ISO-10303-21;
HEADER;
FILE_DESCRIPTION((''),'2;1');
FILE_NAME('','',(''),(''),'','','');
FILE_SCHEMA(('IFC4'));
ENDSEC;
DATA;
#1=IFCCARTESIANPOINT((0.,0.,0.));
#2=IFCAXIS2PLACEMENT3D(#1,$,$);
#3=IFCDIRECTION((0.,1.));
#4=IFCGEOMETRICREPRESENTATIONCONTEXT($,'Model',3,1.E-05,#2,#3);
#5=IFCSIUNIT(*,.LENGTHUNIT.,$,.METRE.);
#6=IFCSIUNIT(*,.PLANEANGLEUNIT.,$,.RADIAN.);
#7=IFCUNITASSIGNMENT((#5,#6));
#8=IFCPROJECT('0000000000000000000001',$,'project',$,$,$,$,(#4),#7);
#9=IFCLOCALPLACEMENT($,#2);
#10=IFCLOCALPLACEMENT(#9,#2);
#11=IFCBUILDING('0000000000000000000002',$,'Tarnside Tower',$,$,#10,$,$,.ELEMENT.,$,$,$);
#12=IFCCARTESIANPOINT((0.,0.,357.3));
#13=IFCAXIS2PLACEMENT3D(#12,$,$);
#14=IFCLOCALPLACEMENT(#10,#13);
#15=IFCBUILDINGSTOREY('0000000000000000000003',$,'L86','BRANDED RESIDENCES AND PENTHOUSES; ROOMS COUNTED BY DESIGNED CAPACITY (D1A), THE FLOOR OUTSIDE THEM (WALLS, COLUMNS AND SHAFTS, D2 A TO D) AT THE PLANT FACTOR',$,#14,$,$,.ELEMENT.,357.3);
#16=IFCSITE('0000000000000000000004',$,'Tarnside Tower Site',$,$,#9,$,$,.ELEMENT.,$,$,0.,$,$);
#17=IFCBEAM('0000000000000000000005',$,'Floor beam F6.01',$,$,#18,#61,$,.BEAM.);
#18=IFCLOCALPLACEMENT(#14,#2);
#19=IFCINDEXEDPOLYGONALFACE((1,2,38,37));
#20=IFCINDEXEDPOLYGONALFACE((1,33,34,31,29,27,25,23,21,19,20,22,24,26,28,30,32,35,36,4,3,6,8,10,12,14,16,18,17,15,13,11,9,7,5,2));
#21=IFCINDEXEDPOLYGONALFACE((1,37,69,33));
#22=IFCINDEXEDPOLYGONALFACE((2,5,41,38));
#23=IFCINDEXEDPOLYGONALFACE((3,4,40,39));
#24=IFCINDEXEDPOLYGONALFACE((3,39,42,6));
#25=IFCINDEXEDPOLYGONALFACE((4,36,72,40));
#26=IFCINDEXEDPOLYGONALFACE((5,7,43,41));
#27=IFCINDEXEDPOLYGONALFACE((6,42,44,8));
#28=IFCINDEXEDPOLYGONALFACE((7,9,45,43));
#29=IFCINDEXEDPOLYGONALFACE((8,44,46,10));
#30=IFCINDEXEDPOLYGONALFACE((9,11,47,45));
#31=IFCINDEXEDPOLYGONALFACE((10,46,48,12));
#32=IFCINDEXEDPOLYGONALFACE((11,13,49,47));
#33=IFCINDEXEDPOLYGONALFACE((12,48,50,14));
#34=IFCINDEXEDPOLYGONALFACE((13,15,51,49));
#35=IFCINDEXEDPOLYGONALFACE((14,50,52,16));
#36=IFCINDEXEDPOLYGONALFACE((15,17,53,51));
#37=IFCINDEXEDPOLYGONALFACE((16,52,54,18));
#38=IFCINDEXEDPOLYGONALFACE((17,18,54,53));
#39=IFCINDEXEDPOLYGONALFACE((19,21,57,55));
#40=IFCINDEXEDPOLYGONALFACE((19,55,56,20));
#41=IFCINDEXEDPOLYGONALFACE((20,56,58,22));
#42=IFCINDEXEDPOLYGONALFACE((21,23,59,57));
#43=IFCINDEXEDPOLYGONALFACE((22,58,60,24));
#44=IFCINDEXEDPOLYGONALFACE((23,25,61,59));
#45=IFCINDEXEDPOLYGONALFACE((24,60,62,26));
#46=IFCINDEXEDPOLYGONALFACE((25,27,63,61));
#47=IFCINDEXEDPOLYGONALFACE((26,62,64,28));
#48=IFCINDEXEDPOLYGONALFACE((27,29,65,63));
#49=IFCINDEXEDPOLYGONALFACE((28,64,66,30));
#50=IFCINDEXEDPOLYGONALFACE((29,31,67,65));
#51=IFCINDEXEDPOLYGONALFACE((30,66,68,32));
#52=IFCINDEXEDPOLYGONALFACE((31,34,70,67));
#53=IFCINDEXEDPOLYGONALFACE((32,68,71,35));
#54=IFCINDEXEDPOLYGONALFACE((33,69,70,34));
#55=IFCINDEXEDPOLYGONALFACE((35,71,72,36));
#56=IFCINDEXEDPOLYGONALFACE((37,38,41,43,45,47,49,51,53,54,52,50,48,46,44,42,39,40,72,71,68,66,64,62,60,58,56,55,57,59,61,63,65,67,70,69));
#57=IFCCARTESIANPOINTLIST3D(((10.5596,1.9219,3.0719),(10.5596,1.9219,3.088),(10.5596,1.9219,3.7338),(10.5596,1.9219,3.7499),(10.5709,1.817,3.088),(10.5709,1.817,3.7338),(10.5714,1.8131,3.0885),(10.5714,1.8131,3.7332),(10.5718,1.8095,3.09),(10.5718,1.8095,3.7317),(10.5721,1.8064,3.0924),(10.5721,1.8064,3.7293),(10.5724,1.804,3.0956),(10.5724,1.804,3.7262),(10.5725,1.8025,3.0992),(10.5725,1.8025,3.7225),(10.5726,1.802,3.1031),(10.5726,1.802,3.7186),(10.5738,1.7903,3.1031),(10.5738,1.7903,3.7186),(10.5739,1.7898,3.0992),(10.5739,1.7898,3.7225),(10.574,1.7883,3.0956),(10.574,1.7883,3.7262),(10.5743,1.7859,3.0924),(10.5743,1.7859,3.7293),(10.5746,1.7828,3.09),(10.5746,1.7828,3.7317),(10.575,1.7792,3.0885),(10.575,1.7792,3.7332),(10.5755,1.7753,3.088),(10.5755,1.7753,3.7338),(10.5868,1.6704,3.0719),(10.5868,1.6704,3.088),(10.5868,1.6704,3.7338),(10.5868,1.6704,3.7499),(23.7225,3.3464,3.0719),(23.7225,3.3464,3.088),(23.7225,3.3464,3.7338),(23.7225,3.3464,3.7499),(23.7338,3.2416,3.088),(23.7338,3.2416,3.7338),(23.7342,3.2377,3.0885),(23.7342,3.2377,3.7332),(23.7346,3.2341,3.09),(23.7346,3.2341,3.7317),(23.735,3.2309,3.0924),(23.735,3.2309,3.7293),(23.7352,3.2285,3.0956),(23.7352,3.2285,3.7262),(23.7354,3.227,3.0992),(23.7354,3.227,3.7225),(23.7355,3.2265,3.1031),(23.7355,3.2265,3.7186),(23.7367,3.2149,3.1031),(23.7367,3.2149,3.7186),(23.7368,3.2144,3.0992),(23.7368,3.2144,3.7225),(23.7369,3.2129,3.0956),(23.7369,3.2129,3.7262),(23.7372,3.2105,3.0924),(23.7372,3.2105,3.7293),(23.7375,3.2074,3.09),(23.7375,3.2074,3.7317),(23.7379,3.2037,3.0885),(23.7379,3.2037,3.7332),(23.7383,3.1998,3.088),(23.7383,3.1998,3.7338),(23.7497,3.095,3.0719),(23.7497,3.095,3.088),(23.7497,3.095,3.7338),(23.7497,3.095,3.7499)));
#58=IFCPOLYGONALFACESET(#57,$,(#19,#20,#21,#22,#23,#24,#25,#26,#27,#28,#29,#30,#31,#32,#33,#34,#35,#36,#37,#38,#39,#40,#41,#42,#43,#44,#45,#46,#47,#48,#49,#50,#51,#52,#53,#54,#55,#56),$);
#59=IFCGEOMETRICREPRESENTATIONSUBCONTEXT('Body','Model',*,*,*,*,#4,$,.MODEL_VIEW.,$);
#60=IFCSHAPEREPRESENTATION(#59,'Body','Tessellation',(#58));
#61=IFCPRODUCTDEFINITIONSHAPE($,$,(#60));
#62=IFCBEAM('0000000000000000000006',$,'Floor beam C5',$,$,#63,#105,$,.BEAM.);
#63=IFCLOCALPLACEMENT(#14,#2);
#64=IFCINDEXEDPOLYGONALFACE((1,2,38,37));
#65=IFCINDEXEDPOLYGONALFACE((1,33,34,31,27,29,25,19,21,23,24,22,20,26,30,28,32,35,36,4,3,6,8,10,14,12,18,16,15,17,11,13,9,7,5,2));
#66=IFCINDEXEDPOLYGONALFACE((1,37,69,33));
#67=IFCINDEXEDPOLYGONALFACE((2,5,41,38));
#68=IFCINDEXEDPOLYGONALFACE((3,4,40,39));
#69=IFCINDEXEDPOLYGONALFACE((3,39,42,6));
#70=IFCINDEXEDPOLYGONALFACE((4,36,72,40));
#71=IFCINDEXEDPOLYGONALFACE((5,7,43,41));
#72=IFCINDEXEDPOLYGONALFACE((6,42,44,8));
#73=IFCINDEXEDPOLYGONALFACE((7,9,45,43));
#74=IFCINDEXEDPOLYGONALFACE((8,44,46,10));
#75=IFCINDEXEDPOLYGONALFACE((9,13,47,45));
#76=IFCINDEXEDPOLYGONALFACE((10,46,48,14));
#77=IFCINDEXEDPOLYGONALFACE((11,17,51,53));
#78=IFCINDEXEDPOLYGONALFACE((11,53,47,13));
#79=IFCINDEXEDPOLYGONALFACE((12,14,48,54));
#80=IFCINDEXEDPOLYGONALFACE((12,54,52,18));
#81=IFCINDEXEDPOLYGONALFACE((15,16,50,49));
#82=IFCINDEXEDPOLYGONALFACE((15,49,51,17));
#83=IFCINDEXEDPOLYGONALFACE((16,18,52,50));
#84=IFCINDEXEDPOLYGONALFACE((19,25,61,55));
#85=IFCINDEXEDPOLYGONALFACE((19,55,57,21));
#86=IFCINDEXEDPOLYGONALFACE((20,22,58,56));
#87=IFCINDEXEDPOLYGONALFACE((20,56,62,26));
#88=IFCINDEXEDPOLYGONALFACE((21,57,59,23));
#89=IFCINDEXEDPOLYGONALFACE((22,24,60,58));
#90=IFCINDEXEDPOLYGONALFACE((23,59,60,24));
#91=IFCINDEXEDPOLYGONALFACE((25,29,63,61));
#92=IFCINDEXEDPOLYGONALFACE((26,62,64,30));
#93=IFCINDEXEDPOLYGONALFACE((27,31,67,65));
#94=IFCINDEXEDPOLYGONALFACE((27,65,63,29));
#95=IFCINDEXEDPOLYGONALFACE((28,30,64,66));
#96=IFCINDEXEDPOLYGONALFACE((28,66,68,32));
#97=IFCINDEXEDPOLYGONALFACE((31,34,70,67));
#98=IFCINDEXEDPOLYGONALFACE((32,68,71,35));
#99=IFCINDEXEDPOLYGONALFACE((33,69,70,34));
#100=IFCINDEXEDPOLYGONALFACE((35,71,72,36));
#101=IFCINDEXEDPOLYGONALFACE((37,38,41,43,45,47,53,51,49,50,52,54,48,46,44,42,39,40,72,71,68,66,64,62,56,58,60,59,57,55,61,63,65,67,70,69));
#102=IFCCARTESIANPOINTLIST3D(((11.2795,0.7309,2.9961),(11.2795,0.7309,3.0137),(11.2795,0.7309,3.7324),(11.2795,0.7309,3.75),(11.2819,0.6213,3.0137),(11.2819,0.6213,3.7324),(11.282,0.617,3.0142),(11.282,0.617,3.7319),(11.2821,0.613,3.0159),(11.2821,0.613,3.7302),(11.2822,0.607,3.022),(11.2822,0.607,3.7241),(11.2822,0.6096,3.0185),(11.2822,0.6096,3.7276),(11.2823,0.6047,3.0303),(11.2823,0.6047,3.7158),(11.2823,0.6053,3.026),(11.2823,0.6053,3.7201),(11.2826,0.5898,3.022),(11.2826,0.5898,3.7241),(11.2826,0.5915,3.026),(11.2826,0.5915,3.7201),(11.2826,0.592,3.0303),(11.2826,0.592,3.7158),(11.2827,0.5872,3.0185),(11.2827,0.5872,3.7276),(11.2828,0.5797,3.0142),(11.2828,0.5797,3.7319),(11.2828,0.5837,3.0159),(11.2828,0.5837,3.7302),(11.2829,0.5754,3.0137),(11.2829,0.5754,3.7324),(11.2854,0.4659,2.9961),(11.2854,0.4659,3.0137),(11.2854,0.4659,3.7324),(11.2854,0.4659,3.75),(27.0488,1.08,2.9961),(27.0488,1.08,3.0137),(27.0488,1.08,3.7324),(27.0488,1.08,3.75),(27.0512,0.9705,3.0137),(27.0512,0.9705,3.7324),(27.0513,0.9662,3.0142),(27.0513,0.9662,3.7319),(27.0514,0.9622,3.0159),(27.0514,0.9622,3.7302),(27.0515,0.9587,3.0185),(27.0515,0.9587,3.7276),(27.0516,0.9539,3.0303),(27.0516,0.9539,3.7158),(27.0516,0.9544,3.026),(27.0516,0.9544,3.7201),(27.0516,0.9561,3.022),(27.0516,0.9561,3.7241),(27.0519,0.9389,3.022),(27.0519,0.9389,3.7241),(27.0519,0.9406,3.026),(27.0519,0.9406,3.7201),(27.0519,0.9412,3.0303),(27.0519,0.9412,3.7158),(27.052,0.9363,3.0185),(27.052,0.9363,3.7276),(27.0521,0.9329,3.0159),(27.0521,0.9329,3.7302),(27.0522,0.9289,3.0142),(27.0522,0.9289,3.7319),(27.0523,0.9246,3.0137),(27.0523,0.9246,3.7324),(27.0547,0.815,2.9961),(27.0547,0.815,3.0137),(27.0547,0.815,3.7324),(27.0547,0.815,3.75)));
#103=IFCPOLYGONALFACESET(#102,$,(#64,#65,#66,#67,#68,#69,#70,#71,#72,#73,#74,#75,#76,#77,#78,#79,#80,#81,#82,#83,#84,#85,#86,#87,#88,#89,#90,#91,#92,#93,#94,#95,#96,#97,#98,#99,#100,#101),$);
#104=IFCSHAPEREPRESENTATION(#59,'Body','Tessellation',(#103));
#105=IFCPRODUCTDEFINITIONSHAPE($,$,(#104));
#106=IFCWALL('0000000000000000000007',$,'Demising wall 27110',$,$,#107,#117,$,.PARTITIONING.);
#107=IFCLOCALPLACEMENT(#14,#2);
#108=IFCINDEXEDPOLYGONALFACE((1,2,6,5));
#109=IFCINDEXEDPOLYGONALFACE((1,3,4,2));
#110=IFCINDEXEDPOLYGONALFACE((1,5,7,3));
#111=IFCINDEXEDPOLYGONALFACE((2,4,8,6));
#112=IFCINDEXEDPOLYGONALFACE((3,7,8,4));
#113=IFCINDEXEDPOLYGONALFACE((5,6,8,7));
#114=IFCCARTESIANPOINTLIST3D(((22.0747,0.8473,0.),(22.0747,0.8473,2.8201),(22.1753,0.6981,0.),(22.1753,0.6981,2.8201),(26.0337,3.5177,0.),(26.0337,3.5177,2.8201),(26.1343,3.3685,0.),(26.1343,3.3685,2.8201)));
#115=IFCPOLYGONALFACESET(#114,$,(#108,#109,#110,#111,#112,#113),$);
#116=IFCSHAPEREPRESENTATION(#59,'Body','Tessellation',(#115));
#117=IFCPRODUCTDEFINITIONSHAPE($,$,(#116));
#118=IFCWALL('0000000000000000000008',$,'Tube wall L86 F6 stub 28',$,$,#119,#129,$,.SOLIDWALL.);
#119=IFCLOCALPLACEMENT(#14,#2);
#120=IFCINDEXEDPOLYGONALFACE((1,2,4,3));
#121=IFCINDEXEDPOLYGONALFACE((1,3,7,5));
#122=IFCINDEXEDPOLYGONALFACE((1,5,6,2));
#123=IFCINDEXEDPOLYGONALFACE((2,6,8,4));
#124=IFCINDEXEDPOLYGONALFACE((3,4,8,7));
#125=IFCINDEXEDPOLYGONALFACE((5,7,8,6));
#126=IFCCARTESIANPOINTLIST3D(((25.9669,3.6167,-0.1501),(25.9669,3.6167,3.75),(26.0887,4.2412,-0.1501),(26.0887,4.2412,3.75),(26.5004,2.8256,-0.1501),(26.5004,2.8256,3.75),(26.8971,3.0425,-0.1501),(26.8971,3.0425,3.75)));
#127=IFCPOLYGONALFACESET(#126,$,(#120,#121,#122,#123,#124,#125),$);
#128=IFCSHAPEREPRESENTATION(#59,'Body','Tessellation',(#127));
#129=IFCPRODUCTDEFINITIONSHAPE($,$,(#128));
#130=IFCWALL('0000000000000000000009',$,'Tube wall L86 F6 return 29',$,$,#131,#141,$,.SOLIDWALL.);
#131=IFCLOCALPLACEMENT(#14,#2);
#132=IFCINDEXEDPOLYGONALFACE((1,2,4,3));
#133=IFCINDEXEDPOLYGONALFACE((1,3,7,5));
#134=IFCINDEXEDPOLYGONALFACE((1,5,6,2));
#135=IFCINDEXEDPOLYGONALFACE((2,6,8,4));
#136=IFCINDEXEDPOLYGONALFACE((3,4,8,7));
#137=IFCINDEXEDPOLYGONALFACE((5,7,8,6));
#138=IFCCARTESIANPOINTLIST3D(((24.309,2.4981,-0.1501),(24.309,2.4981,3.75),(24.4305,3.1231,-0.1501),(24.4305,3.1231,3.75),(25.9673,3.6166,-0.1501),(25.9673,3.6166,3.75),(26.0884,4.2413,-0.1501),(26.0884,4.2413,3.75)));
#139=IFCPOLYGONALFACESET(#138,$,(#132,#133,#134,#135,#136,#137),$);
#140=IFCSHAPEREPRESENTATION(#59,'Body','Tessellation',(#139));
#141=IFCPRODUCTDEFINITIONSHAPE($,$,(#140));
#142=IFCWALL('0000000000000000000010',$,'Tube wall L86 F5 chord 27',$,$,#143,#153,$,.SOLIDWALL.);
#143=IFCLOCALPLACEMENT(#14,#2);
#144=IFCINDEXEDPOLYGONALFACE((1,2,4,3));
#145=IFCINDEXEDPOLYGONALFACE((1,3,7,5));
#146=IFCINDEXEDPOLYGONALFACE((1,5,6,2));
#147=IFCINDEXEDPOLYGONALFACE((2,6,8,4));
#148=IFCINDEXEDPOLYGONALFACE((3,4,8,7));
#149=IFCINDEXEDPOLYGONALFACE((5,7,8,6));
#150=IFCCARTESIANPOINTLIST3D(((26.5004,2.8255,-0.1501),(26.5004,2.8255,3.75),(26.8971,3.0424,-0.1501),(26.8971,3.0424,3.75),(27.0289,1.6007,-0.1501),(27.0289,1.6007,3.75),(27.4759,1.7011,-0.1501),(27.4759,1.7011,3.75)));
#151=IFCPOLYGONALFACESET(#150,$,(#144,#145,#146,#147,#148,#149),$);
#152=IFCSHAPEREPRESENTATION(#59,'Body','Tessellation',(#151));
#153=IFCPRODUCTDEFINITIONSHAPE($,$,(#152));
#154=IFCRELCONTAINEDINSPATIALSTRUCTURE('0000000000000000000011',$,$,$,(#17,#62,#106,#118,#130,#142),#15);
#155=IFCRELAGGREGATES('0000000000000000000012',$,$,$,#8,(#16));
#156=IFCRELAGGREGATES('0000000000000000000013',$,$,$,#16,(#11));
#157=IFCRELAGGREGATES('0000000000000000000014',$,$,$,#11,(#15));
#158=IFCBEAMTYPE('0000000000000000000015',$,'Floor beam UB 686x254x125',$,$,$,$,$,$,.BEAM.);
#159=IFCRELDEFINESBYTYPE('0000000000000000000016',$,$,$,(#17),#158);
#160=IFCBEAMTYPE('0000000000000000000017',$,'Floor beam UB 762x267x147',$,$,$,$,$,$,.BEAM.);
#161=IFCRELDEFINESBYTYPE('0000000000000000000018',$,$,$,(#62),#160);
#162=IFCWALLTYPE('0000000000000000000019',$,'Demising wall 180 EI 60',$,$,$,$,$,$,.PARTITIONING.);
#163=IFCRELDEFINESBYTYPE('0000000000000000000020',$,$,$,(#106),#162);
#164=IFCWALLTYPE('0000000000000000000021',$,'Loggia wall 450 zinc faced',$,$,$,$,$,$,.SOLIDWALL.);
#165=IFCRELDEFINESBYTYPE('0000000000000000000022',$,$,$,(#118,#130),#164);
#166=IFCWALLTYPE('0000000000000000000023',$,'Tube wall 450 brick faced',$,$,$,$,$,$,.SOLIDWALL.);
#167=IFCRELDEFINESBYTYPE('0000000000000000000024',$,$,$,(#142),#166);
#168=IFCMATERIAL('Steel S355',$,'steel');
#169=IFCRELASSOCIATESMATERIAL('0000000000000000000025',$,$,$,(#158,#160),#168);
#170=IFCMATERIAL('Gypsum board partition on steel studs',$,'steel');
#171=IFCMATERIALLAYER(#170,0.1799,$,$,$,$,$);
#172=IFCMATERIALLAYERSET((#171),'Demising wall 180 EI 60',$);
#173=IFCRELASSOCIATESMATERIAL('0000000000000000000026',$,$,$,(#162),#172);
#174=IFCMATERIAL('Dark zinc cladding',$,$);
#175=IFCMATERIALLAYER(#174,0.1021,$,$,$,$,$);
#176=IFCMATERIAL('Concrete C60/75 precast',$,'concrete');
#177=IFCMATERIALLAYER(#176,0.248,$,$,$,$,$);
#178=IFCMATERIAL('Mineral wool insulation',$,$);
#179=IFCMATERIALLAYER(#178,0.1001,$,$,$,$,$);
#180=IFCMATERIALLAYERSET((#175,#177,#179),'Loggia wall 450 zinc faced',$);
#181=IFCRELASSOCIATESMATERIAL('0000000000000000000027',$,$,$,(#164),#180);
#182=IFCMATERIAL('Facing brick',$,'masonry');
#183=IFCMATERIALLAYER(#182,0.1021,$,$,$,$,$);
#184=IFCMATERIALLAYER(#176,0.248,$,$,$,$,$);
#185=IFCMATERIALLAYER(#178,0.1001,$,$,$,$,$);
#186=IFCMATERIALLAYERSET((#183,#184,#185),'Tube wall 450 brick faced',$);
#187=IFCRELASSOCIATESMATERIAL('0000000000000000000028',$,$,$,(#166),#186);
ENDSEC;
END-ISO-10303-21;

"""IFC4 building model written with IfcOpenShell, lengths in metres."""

from ifc_helpers import new_model, si_unit, direction, frame, frame_2d, origin, origin_2d, place, context, subcontext, project, spatial, polyline, rectangle, i_section, outline, extrude, material, layer, layer_set, material_profile, profile_set, type_object, element, save


model = new_model("IFC4")

# Units and contexts
model_context = context("Model", 3, precision=1e-05, world=origin(), true_north=direction((0.0, 1.0)))
body_context = subcontext(model_context, "Body", "Model", "MODEL_VIEW")
ifc_project = project(units=[si_unit("LENGTHUNIT", "METRE"), si_unit("PLANEANGLEUNIT", "RADIAN")], contexts=[model_context])

# Site, building, storey
site_placement = place(None, origin())
site = spatial("IfcSite", under=ifc_project, at=site_placement, Name="Tarnside Tower Site", CompositionType="ELEMENT", RefElevation=0.0)
building_placement = place(site_placement, origin())
building = spatial("IfcBuilding", under=site, at=building_placement, Name="Tarnside Tower", CompositionType="ELEMENT")
storey_placement = place(building_placement, frame((0.0, 0.0, 357.3)))
storey = spatial("IfcBuildingStorey", under=building, at=storey_placement, Name="L86", Description="BRANDED RESIDENCES AND PENTHOUSES; ROOMS COUNTED BY DESIGNED CAPACITY (D1A), THE FLOOR OUTSIDE THEM (WALLS, COLUMNS AND SHAFTS, D2 A TO D) AT THE PLANT FACTOR", CompositionType="ELEMENT", Elevation=357.3)

# Beams
ifc_material_1 = material(Name="Steel S355", Category="steel")
ifc_material_profile_1 = material_profile(ifc_material_1, i_section(OverallWidth=0.2529, OverallDepth=0.678, WebThickness=0.0117, FlangeThickness=0.0161, FilletRadius=0.0151, at=origin_2d()), Name="UB 686x254x125")
ifc_profile_set_1 = profile_set([ifc_material_profile_1], Name="Steel S355")
beam_type_1 = type_object("IfcBeamType", Name="Floor beam UB 686x254x125", PredefinedType="BEAM", material=ifc_profile_set_1)
beam_1_placement = place(storey_placement, frame((23.7361, 3.2207, 3.4109), z_axis=(-0.994195, -0.107598, 0.0), x_axis=(0.107598, -0.994195, 0.0)))
element("IfcBeam", 1, at=beam_1_placement, inside=storey, type_object=beam_type_1, Name="Floor beam F6.01", PredefinedType="BEAM", context=body_context, shape_type="SweptSolid", body=[
    extrude(i_section(OverallWidth=0.2529, OverallDepth=0.678, WebThickness=0.0117, FlangeThickness=0.0161, FilletRadius=0.0151, at=origin_2d()), origin(), (0.0, 0.0, 1.0), 13.2397),
])
ifc_material_profile_2 = material_profile(ifc_material_1, i_section(OverallWidth=0.2651, OverallDepth=0.7539, WebThickness=0.0127, FlangeThickness=0.0176, FilletRadius=0.0166, at=origin_2d()), Name="UB 762x267x147")
ifc_profile_set_2 = profile_set([ifc_material_profile_2], Name="Steel S355")
beam_type_2 = type_object("IfcBeamType", Name="Floor beam UB 762x267x147", PredefinedType="BEAM", material=ifc_profile_set_2)
beam_2_placement = place(storey_placement, frame((27.0518, 0.9475, 3.373), z_axis=(-0.999755, -0.022134, 0.0), x_axis=(0.022134, -0.999755, 0.0)))
element("IfcBeam", 2, at=beam_2_placement, inside=storey, type_object=beam_type_2, Name="Floor beam C5", PredefinedType="BEAM", context=body_context, shape_type="SweptSolid", body=[
    extrude(i_section(OverallWidth=0.2651, OverallDepth=0.7539, WebThickness=0.0127, FlangeThickness=0.0176, FilletRadius=0.0166, at=origin_2d()), origin(), (0.0, 0.0, 1.0), 15.7732),
])

# Walls
ifc_material_2 = material(Name="Gypsum board partition on steel studs", Category="steel")
ifc_layer_1 = layer(ifc_material_2, 0.1799)
ifc_layer_set_1 = layer_set([ifc_layer_1], Name="Demising wall 180 EI 60")
wall_type_1 = type_object("IfcWallType", Name="Demising wall 180 EI 60", PredefinedType="PARTITIONING", material=ifc_layer_set_1)
wall_1_placement = place(storey_placement, frame((26.084, 3.4431, 0.0), z_axis=(0.0, 0.0, 1.0), x_axis=(-0.829034, -0.559199, 0.0)))
element("IfcWall", 3, at=wall_1_placement, inside=storey, type_object=wall_type_1, Name="Demising wall 27110", PredefinedType="PARTITIONING", context=body_context, shape_type="SweptSolid", body=[
    extrude(rectangle(XDim=4.7754, YDim=0.1799, at=frame_2d((2.3877, 0.0))), origin(), (0.0, 0.0, 1.0), 2.8201),
])
ifc_material_3 = material(Name="Dark zinc cladding")
ifc_layer_2 = layer(ifc_material_3, 0.1021)
ifc_material_4 = material(Name="Concrete C60/75 precast", Category="concrete")
ifc_layer_3 = layer(ifc_material_4, 0.248)
ifc_material_5 = material(Name="Mineral wool insulation")
ifc_layer_4 = layer(ifc_material_5, 0.1001)
ifc_layer_set_2 = layer_set([ifc_layer_2, ifc_layer_3, ifc_layer_4], Name="Loggia wall 450 zinc faced")
wall_type_2 = type_object("IfcWallType", Name="Loggia wall 450 zinc faced", PredefinedType="SOLIDWALL", material=ifc_layer_set_2)
wall_2_placement = place(storey_placement, frame((26.6987, 2.9341, -0.1501), z_axis=(0.0, 0.0, 1.0), x_axis=(-0.559106, 0.829096, 0.0)))
element("IfcWall", 4, at=wall_2_placement, inside=storey, type_object=wall_type_2, Name="Tube wall L86 F6 stub 28", PredefinedType="SOLIDWALL", context=body_context, shape_type="SweptSolid", body=[
    extrude(outline(polyline([(-0.021, -0.2251), (1.4248, -0.2251), (0.9751, 0.2251), (0.021, 0.2251), (-0.021, -0.2251)])), origin(), (0.0, 0.0, 1.0), 3.9001),
])
wall_3_placement = place(storey_placement, frame((26.0278, 3.929, -0.1501), z_axis=(0.0, 0.0, 1.0), x_axis=(-0.829052, -0.559171, 0.0)))
element("IfcWall", 5, at=wall_3_placement, inside=storey, type_object=wall_type_2, Name="Tube wall L86 F6 return 29", PredefinedType="SOLIDWALL", context=body_context, shape_type="SweptSolid", body=[
    extrude(outline(polyline([(-0.2249, -0.2251), (1.7749, -0.2251), (2.2251, 0.2251), (0.2249, 0.2251), (-0.2249, -0.2251)])), origin(), (0.0, 0.0, 1.0), 3.9001),
])

# Wall
ifc_material_6 = material(Name="Facing brick", Category="masonry")
ifc_layer_5 = layer(ifc_material_6, 0.1021)
ifc_layer_6 = layer(ifc_material_4, 0.248)
ifc_layer_7 = layer(ifc_material_5, 0.1001)
ifc_layer_set_3 = layer_set([ifc_layer_5, ifc_layer_6, ifc_layer_7], Name="Tube wall 450 brick faced")
wall_type_3 = type_object("IfcWallType", Name="Tube wall 450 brick faced", PredefinedType="SOLIDWALL", material=ifc_layer_set_3)
wall_4_placement = place(storey_placement, frame((27.2524, 1.6509, -0.1501), z_axis=(0.0, 0.0, 1.0), x_axis=(-0.396195, 0.918166, 0.0)))
element("IfcWall", 6, at=wall_4_placement, inside=storey, type_object=wall_type_3, Name="Tube wall L86 F5 chord 27", PredefinedType="SOLIDWALL", context=body_context, shape_type="SweptSolid", body=[
    extrude(outline(polyline([(-0.0425, -0.2251), (1.4185, -0.2251), (1.3765, 0.2251), (0.0425, 0.2251), (-0.0425, -0.2251)])), origin(), (0.0, 0.0, 1.0), 3.9001),
])

save(model, "model.ifc")
